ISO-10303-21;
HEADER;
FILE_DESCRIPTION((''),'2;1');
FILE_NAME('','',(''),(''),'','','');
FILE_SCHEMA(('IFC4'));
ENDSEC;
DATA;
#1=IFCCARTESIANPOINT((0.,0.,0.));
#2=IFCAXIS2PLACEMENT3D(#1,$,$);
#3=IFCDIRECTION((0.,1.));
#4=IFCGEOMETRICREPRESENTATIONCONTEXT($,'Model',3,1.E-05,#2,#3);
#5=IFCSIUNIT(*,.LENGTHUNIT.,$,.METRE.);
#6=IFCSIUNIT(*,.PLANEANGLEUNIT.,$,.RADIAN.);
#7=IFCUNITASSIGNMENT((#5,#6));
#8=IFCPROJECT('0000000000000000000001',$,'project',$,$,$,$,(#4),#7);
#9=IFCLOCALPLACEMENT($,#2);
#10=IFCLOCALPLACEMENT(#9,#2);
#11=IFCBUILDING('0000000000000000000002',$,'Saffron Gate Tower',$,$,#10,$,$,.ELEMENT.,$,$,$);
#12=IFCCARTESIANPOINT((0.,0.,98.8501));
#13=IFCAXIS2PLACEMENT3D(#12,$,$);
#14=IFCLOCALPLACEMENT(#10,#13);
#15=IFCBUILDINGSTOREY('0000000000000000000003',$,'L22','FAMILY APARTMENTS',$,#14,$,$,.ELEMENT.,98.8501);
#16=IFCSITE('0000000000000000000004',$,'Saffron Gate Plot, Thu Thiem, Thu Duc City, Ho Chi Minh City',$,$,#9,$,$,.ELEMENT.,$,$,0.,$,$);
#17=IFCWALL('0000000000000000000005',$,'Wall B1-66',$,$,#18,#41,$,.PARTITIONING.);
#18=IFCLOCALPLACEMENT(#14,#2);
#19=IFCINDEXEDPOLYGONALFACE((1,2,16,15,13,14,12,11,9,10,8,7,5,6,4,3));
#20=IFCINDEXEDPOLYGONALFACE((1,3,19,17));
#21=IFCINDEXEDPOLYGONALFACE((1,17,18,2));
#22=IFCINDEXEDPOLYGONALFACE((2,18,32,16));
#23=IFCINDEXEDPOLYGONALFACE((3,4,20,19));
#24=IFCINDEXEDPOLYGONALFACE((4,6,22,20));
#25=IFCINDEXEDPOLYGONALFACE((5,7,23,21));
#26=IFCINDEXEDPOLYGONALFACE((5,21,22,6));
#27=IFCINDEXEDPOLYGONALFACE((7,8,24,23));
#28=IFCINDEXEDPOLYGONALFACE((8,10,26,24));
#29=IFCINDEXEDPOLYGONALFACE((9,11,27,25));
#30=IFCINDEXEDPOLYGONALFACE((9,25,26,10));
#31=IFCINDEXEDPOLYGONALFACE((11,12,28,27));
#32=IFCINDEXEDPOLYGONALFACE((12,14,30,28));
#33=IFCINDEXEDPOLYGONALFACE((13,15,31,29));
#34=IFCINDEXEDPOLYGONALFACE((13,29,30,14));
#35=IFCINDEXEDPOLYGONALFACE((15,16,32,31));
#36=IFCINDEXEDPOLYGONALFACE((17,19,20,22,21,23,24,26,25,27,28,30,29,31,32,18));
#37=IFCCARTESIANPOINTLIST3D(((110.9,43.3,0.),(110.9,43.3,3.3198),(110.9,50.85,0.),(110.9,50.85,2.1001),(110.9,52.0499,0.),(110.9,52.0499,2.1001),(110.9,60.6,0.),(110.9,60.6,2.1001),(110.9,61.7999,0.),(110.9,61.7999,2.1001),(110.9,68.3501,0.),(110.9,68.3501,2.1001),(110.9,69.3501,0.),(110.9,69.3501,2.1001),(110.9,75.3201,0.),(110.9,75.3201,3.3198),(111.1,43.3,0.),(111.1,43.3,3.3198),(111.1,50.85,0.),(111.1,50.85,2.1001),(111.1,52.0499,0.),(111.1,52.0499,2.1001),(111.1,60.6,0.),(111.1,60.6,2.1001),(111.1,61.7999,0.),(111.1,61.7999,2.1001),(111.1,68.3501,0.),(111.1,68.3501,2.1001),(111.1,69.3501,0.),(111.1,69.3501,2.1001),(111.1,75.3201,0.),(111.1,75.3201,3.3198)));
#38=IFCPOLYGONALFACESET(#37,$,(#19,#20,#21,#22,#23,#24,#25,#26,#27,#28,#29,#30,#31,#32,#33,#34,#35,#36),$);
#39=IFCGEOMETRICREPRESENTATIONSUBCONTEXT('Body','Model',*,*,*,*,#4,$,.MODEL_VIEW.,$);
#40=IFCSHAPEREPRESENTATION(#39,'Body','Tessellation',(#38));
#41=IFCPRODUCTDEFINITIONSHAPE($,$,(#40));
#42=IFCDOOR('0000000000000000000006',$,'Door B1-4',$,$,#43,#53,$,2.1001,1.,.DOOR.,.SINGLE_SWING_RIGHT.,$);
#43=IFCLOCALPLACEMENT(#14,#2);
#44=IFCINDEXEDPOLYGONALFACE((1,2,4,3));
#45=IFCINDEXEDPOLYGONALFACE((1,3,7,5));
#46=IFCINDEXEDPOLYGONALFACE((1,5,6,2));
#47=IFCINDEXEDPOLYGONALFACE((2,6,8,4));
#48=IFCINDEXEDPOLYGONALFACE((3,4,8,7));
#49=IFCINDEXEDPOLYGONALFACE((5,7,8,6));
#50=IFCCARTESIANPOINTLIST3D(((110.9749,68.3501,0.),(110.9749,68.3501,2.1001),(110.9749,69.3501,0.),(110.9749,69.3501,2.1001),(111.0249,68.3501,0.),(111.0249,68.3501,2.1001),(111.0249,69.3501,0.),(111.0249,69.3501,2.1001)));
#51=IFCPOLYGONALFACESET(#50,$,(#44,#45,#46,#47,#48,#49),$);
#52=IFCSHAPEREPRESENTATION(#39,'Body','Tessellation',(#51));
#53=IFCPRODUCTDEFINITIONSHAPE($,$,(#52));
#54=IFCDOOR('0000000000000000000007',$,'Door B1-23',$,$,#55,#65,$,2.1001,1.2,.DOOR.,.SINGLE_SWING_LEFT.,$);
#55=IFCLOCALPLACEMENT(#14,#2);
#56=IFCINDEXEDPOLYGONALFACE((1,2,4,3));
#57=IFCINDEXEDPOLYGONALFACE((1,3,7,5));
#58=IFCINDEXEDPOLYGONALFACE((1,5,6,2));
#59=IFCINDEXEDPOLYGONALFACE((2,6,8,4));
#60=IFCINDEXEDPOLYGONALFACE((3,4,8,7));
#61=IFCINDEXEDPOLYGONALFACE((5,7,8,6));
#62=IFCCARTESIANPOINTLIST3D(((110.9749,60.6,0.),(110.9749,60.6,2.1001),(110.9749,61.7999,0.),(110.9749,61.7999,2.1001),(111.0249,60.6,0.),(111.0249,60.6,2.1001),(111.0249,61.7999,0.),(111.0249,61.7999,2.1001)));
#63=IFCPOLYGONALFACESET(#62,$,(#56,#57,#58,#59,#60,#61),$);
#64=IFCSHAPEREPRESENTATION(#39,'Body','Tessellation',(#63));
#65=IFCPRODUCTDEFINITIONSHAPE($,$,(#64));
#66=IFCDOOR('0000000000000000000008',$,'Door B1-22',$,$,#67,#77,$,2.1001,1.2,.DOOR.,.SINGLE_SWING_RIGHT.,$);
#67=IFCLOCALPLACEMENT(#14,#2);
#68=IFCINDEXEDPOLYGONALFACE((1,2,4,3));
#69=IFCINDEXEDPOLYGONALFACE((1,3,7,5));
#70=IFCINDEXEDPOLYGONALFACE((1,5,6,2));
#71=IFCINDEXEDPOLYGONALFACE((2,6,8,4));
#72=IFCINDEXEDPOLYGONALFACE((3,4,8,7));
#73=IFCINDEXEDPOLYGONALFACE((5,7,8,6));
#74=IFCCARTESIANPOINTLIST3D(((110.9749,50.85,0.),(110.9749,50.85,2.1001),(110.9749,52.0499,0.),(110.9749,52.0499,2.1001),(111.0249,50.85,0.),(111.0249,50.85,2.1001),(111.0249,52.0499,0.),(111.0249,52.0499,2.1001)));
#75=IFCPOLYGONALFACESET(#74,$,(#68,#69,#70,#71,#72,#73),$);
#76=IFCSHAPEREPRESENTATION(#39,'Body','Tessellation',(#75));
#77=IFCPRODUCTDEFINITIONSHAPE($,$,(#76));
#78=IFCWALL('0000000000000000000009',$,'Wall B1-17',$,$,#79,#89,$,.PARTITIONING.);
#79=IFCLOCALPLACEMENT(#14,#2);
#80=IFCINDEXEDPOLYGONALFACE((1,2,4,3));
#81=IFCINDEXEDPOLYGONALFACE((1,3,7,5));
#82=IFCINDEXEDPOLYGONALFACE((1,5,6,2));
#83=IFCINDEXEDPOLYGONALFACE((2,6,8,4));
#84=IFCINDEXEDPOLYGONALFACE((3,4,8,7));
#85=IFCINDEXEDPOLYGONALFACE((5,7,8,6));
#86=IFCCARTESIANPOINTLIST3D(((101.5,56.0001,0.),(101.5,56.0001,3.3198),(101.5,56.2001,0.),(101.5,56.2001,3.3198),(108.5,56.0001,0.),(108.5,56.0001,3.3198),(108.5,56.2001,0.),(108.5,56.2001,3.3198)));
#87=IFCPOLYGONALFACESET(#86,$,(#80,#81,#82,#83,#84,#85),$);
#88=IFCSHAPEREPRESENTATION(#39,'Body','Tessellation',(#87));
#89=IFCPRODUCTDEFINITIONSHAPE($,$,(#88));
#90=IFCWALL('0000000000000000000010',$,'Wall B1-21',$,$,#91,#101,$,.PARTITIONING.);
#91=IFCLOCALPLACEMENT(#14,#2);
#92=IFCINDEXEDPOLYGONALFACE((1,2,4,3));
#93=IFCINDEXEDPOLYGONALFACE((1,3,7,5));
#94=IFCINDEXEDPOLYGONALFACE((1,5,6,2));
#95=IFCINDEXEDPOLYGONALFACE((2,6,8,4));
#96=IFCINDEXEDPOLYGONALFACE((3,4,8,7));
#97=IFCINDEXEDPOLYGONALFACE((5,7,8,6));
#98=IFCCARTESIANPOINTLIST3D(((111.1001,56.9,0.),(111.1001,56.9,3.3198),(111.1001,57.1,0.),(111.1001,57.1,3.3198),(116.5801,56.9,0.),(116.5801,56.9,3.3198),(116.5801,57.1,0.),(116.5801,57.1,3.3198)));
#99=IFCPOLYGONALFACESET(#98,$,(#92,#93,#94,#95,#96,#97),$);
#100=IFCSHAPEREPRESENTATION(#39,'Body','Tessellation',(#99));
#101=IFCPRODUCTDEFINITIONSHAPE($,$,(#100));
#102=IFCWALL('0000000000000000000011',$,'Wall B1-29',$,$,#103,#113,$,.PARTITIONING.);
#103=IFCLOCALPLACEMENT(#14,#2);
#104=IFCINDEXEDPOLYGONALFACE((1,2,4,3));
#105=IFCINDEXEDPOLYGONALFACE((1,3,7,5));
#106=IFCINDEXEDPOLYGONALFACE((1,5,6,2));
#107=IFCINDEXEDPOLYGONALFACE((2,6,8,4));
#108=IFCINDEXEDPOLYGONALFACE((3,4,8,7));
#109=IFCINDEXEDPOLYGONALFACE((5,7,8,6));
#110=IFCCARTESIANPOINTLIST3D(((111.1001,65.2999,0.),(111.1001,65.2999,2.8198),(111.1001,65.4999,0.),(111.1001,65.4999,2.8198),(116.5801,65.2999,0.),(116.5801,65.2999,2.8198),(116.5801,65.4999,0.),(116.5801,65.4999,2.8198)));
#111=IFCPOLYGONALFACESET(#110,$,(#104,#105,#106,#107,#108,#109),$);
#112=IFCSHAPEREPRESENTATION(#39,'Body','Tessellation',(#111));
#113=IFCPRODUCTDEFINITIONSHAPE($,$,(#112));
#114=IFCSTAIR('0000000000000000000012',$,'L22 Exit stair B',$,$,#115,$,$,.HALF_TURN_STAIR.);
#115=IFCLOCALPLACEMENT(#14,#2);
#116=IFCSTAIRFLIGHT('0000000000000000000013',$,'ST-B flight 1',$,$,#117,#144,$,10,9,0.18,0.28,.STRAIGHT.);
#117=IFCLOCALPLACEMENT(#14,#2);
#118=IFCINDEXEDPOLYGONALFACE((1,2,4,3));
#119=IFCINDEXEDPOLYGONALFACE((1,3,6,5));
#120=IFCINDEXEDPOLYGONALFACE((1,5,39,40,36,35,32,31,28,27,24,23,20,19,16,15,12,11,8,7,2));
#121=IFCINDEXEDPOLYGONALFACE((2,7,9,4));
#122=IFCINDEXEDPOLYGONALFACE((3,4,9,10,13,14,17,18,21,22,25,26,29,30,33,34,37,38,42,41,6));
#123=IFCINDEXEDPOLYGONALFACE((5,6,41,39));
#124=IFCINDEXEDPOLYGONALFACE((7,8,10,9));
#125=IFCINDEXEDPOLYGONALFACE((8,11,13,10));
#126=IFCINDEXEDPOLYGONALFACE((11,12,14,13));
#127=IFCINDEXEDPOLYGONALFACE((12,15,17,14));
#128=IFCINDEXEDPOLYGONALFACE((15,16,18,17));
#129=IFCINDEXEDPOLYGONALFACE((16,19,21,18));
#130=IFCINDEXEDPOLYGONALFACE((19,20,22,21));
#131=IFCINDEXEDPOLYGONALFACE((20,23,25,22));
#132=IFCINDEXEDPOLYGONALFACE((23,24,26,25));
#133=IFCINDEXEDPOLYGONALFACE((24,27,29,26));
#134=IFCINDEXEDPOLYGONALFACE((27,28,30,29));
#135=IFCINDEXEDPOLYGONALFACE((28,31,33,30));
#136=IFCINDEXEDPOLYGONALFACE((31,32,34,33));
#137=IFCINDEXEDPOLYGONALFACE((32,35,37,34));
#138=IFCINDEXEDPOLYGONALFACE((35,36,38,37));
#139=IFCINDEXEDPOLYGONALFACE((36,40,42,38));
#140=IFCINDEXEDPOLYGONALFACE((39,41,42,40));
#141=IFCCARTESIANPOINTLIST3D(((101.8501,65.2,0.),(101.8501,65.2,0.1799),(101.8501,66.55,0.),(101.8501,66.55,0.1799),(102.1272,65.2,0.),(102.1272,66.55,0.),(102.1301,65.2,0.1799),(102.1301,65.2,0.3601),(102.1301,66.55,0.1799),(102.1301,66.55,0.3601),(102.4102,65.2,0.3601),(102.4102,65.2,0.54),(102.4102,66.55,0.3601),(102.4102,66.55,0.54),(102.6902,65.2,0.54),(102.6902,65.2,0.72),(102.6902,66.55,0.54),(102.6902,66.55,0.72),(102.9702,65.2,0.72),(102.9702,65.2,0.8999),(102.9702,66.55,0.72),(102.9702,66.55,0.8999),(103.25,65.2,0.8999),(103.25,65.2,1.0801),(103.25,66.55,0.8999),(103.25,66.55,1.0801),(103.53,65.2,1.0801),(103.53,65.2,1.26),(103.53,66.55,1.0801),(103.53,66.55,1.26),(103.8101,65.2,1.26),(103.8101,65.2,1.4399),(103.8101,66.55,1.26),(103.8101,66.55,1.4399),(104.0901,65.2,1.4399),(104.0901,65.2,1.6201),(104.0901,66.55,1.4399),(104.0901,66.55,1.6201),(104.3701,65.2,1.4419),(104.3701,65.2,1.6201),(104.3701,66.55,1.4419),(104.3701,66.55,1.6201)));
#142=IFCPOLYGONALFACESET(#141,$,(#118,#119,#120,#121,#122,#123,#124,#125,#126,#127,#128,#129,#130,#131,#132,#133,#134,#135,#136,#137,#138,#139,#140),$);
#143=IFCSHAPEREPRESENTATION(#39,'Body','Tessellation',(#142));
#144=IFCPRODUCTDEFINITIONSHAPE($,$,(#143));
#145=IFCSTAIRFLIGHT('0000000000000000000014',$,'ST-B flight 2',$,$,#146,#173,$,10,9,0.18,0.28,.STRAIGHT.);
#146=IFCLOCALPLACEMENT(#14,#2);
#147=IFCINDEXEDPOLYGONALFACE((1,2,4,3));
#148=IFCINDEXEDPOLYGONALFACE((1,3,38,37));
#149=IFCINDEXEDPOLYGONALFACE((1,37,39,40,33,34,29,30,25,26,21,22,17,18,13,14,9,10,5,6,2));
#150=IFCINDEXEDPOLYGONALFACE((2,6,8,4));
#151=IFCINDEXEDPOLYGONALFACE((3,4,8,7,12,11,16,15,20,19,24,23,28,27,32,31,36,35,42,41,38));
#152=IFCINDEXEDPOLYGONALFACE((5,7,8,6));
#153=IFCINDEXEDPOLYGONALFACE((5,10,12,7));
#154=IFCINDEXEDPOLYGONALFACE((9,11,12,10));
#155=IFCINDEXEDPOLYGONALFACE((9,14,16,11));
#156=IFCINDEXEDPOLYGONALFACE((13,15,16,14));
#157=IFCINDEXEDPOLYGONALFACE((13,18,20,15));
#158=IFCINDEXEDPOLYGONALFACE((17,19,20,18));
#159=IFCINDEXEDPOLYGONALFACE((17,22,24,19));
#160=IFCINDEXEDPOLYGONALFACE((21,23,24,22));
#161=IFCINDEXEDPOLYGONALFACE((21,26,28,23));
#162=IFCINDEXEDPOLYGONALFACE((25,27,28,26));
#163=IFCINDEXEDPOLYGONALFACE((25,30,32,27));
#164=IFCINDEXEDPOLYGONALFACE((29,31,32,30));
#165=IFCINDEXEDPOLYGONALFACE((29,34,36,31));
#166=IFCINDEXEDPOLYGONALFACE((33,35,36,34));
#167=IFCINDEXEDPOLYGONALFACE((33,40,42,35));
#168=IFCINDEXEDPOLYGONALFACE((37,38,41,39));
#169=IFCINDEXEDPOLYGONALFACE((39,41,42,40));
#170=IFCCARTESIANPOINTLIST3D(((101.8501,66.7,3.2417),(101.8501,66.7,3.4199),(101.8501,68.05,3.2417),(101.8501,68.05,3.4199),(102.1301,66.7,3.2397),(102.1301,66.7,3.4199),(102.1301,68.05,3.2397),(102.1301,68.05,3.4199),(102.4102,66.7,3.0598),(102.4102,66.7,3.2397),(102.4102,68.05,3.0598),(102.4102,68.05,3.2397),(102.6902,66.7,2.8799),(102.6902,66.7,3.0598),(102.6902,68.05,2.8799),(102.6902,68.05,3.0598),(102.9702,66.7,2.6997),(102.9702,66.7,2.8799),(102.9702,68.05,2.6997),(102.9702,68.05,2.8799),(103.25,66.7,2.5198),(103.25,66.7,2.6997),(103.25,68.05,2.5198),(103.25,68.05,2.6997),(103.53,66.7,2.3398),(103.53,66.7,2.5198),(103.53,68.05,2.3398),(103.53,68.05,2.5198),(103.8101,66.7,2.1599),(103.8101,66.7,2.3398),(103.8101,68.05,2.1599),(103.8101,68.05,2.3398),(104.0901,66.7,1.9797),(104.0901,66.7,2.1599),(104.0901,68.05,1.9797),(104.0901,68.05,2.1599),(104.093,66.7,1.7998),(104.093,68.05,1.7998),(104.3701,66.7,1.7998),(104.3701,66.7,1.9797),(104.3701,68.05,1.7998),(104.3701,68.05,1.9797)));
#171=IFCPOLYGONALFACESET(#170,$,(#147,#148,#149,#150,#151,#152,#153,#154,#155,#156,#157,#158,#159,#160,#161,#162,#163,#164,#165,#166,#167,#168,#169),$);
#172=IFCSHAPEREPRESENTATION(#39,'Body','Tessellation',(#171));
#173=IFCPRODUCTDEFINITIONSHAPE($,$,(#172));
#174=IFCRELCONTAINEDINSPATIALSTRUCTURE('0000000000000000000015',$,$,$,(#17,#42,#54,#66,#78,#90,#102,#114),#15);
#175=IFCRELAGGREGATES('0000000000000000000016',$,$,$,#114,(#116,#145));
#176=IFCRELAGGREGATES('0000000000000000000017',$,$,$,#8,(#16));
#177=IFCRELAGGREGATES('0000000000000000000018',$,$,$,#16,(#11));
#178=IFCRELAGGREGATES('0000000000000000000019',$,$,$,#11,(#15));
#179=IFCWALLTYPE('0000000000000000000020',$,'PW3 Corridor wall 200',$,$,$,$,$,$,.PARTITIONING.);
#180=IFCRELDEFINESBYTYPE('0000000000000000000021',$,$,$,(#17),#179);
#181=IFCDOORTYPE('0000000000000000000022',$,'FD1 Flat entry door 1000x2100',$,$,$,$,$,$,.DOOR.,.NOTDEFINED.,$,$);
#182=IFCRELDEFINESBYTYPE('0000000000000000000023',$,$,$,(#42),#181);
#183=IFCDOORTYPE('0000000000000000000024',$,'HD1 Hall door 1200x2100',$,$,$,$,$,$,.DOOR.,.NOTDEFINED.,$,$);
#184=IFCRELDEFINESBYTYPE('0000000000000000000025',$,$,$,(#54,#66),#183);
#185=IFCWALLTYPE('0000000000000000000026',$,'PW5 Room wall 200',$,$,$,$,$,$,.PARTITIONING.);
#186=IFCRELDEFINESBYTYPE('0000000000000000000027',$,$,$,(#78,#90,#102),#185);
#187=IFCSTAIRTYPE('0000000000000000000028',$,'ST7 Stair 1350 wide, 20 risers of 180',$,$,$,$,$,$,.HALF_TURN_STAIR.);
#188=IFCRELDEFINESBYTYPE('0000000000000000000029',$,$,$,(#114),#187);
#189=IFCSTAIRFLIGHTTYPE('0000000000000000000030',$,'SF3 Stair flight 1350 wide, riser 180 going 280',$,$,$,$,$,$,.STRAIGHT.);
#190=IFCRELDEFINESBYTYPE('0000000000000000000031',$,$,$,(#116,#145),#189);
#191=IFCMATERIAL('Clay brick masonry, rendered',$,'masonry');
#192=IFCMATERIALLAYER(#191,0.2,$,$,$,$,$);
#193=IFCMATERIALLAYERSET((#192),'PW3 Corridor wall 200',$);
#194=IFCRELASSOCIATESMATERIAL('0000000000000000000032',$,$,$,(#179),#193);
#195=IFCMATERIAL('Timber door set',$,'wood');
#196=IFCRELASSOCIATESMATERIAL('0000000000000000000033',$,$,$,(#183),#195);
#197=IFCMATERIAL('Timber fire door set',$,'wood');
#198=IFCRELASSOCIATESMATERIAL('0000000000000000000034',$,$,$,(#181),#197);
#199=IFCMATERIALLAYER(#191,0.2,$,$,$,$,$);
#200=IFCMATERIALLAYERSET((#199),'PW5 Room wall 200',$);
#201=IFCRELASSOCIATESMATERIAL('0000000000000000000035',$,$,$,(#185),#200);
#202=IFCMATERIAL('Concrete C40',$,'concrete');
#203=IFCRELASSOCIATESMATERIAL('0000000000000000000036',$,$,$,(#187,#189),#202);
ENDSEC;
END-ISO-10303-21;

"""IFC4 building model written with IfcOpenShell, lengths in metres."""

from ifc_helpers import new_model, si_unit, direction, frame, frame_2d, origin, place, context, subcontext, project, spatial, polyline, rectangle, outline, extrude, material, layer, layer_set, type_object, element, fill, aggregate, save


model = new_model("IFC4")

# Units and contexts
model_context = context("Model", 3, precision=1e-05, world=origin(), true_north=direction((0.0, 1.0)))
body_context = subcontext(model_context, "Body", "Model", "MODEL_VIEW")
ifc_project = project(units=[si_unit("LENGTHUNIT", "METRE"), si_unit("PLANEANGLEUNIT", "RADIAN")], contexts=[model_context])

# Site, building, storey
site_placement = place(None, origin())
site = spatial("IfcSite", under=ifc_project, at=site_placement, Name="Saffron Gate Plot, Thu Thiem, Thu Duc City, Ho Chi Minh City", CompositionType="ELEMENT", RefElevation=0.0)
building_placement = place(site_placement, origin())
building = spatial("IfcBuilding", under=site, at=building_placement, Name="Saffron Gate Tower", CompositionType="ELEMENT")
storey_placement = place(building_placement, frame((0.0, 0.0, 98.8501)))
storey = spatial("IfcBuildingStorey", under=building, at=storey_placement, Name="L22", Description="FAMILY APARTMENTS", CompositionType="ELEMENT", Elevation=98.8501)

# Shared definitions
ifc_material_1 = material(Name="Clay brick masonry, rendered", Category="masonry")
ifc_layer_1 = layer(ifc_material_1, 0.2)
ifc_layer_set_1 = layer_set([ifc_layer_1], Name="PW3 Corridor wall 200")
wall_type_1 = type_object("IfcWallType", Name="PW3 Corridor wall 200", PredefinedType="PARTITIONING", material=ifc_layer_set_1)

# Shared definitions
ifc_material_2 = material(Name="Timber door set", Category="wood")
door_type_1 = type_object("IfcDoorType", Name="HD1 Hall door 1200x2100", OperationType="NOTDEFINED", PredefinedType="DOOR", material=ifc_material_2)

# Wall, openings, doors
wall_1_placement = place(storey_placement, frame((111.0, 75.3201, 0.0), z_axis=(0.0, 0.0, 1.0), x_axis=(0.0, -1.0, 0.0)))
wall_1 = element("IfcWall", 1, at=wall_1_placement, inside=storey, type_object=wall_type_1, Name="Wall B1-66", PredefinedType="PARTITIONING", context=body_context, shape_type="SweptSolid", body=[
    extrude(rectangle(XDim=32.02, YDim=0.2, at=frame_2d((16.01, 0.0))), origin(), (0.0, 0.0, 1.0), 3.3198),
])
opening_1_placement = place(wall_1_placement, frame((5.97, 0.0, 0.0)))
opening_1 = element("IfcOpeningElement", 2, at=opening_1_placement, cuts=wall_1, PredefinedType="OPENING", context=body_context, shape_type="SweptSolid", body=[
    extrude(rectangle(XDim=1.0, YDim=2.1001, at=frame_2d((0.5, 1.05))), frame((0.0, 0.1099, 0.0), z_axis=(0.0, -1.0, 0.0), x_axis=(1.0, 0.0, 0.0)), (0.0, 0.0, 1.0), 0.22),
])
opening_2_placement = place(wall_1_placement, frame((13.52, 0.0, 0.0)))
opening_2 = element("IfcOpeningElement", 3, at=opening_2_placement, cuts=wall_1, PredefinedType="OPENING", context=body_context, shape_type="SweptSolid", body=[
    extrude(rectangle(XDim=1.2, YDim=2.1001, at=frame_2d((0.6001, 1.05))), frame((0.0, 0.1099, 0.0), z_axis=(0.0, -1.0, 0.0), x_axis=(1.0, 0.0, 0.0)), (0.0, 0.0, 1.0), 0.22),
])
opening_3_placement = place(wall_1_placement, frame((23.27, 0.0, 0.0)))
opening_3 = element("IfcOpeningElement", 4, at=opening_3_placement, cuts=wall_1, PredefinedType="OPENING", context=body_context, shape_type="SweptSolid", body=[
    extrude(rectangle(XDim=1.2, YDim=2.1001, at=frame_2d((0.6001, 1.05))), frame((0.0, 0.1099, 0.0), z_axis=(0.0, -1.0, 0.0), x_axis=(1.0, 0.0, 0.0)), (0.0, 0.0, 1.0), 0.22),
])
ifc_material_3 = material(Name="Timber fire door set", Category="wood")
door_type_2 = type_object("IfcDoorType", Name="FD1 Flat entry door 1000x2100", OperationType="NOTDEFINED", PredefinedType="DOOR", material=ifc_material_3)
door_1_placement = place(opening_1_placement, origin())
door_1 = element("IfcDoor", 5, at=door_1_placement, inside=storey, type_object=door_type_2, Name="Door B1-4", OperationType="SINGLE_SWING_RIGHT", OverallHeight=2.1001, OverallWidth=1.0, PredefinedType="DOOR", context=body_context, shape_type="SweptSolid", body=[
    extrude(rectangle(XDim=1.0, YDim=2.1001, at=frame_2d((0.5, 1.05))), frame((0.0, 0.0249, 0.0), z_axis=(0.0, -1.0, 0.0), x_axis=(1.0, 0.0, 0.0)), (0.0, 0.0, 1.0), 0.05),
])
fill(opening_1, door_1)
door_2_placement = place(opening_2_placement, origin())
door_2 = element("IfcDoor", 6, at=door_2_placement, inside=storey, type_object=door_type_1, Name="Door B1-23", OperationType="SINGLE_SWING_LEFT", OverallHeight=2.1001, OverallWidth=1.2, PredefinedType="DOOR", context=body_context, shape_type="SweptSolid", body=[
    extrude(rectangle(XDim=1.2, YDim=2.1001, at=frame_2d((0.6001, 1.05))), frame((0.0, 0.0249, 0.0), z_axis=(0.0, -1.0, 0.0), x_axis=(1.0, 0.0, 0.0)), (0.0, 0.0, 1.0), 0.05),
])
fill(opening_2, door_2)
door_3_placement = place(opening_3_placement, origin())
door_3 = element("IfcDoor", 7, at=door_3_placement, inside=storey, type_object=door_type_1, Name="Door B1-22", OperationType="SINGLE_SWING_RIGHT", OverallHeight=2.1001, OverallWidth=1.2, PredefinedType="DOOR", context=body_context, shape_type="SweptSolid", body=[
    extrude(rectangle(XDim=1.2, YDim=2.1001, at=frame_2d((0.6001, 1.05))), frame((0.0, 0.0249, 0.0), z_axis=(0.0, -1.0, 0.0), x_axis=(1.0, 0.0, 0.0)), (0.0, 0.0, 1.0), 0.05),
])
fill(opening_3, door_3)

# Walls
ifc_layer_2 = layer(ifc_material_1, 0.2)
ifc_layer_set_2 = layer_set([ifc_layer_2], Name="PW5 Room wall 200")
wall_type_2 = type_object("IfcWallType", Name="PW5 Room wall 200", PredefinedType="PARTITIONING", material=ifc_layer_set_2)
wall_2_placement = place(storey_placement, frame((101.5, 56.1001, 0.0), z_axis=(0.0, 0.0, 1.0), x_axis=(1.0, 0.0, 0.0)))
element("IfcWall", 8, at=wall_2_placement, inside=storey, type_object=wall_type_2, Name="Wall B1-17", PredefinedType="PARTITIONING", context=body_context, shape_type="SweptSolid", body=[
    extrude(rectangle(XDim=7.0, YDim=0.2, at=frame_2d((3.5, 0.0))), origin(), (0.0, 0.0, 1.0), 3.3198),
])
wall_3_placement = place(storey_placement, frame((111.1001, 57.0, 0.0), z_axis=(0.0, 0.0, 1.0), x_axis=(1.0, 0.0, 0.0)))
element("IfcWall", 9, at=wall_3_placement, inside=storey, type_object=wall_type_2, Name="Wall B1-21", PredefinedType="PARTITIONING", context=body_context, shape_type="SweptSolid", body=[
    extrude(rectangle(XDim=5.48, YDim=0.2, at=frame_2d((2.74, 0.0))), origin(), (0.0, 0.0, 1.0), 3.3198),
])
wall_4_placement = place(storey_placement, frame((111.1001, 65.3999, 0.0), z_axis=(0.0, 0.0, 1.0), x_axis=(1.0, 0.0, 0.0)))
element("IfcWall", 10, at=wall_4_placement, inside=storey, type_object=wall_type_2, Name="Wall B1-29", PredefinedType="PARTITIONING", context=body_context, shape_type="SweptSolid", body=[
    extrude(rectangle(XDim=5.48, YDim=0.2, at=frame_2d((2.74, 0.0))), origin(), (0.0, 0.0, 1.0), 2.8198),
])

# Stair, stair flights
ifc_material_4 = material(Name="Concrete C40", Category="concrete")
stair_type = type_object("IfcStairType", Name="ST7 Stair 1350 wide, 20 risers of 180", PredefinedType="HALF_TURN_STAIR", material=ifc_material_4)
stair_placement = place(storey_placement, origin())
stair = element("IfcStair", 11, at=stair_placement, inside=storey, type_object=stair_type, Name="L22 Exit stair B", PredefinedType="HALF_TURN_STAIR")
stair_flight_type = type_object("IfcStairFlightType", Name="SF3 Stair flight 1350 wide, riser 180 going 280", PredefinedType="STRAIGHT", material=ifc_material_4)
stair_flight_1_placement = place(storey_placement, frame((101.8501, 65.875, 0.0), z_axis=(0.0, 0.0, 1.0), x_axis=(1.0, 0.0, 0.0)))
stair_flight_1 = element("IfcStairFlight", 12, at=stair_flight_1_placement, type_object=stair_flight_type, Name="ST-B flight 1", NumberOfRisers=10, NumberOfTreads=9, PredefinedType="STRAIGHT", RiserHeight=0.18, TreadLength=0.28, context=body_context, shape_type="SweptSolid", body=[
    extrude(outline(polyline([(0.0, 0.0), (0.0, 0.1799), (0.28, 0.1799), (0.28, 0.3601), (0.5601, 0.3601), (0.5601, 0.54), (0.8401, 0.54), (0.8401, 0.72), (1.1201, 0.72), (1.1201, 0.8999), (1.3999, 0.8999), (1.3999, 1.0801), (1.6799, 1.0801), (1.6799, 1.26), (1.96, 1.26), (1.96, 1.4399), (2.24, 1.4399), (2.24, 1.6201), (2.52, 1.6201), (2.52, 1.8), (2.52, 1.4419), (0.2771, 0.0), (0.0, 0.0)])), frame((0.0, 0.675, 0.0), z_axis=(0.0, -1.0, 0.0), x_axis=(1.0, 0.0, 0.0)), (0.0, 0.0, 1.0), 1.3501),
])
stair_flight_2_placement = place(storey_placement, frame((104.3701, 67.375, 1.7998), z_axis=(0.0, 0.0, 1.0), x_axis=(-1.0, 0.0, 0.0)))
stair_flight_2 = element("IfcStairFlight", 13, at=stair_flight_2_placement, type_object=stair_flight_type, Name="ST-B flight 2", NumberOfRisers=10, NumberOfTreads=9, PredefinedType="STRAIGHT", RiserHeight=0.18, TreadLength=0.28, context=body_context, shape_type="SweptSolid", body=[
    extrude(outline(polyline([(0.0, 0.0), (0.0, 0.1799), (0.28, 0.1799), (0.28, 0.3601), (0.5601, 0.3601), (0.5601, 0.54), (0.8401, 0.54), (0.8401, 0.72), (1.1201, 0.72), (1.1201, 0.8999), (1.3999, 0.8999), (1.3999, 1.0801), (1.6799, 1.0801), (1.6799, 1.26), (1.96, 1.26), (1.96, 1.4399), (2.24, 1.4399), (2.24, 1.6201), (2.52, 1.6201), (2.52, 1.8), (2.52, 1.4419), (0.2771, 0.0), (0.0, 0.0)])), frame((0.0, 0.675, 0.0), z_axis=(0.0, -1.0, 0.0), x_axis=(1.0, 0.0, 0.0)), (0.0, 0.0, 1.0), 1.3501),
])
aggregate(stair, [stair_flight_1, stair_flight_2])

save(model, "model.ifc")
